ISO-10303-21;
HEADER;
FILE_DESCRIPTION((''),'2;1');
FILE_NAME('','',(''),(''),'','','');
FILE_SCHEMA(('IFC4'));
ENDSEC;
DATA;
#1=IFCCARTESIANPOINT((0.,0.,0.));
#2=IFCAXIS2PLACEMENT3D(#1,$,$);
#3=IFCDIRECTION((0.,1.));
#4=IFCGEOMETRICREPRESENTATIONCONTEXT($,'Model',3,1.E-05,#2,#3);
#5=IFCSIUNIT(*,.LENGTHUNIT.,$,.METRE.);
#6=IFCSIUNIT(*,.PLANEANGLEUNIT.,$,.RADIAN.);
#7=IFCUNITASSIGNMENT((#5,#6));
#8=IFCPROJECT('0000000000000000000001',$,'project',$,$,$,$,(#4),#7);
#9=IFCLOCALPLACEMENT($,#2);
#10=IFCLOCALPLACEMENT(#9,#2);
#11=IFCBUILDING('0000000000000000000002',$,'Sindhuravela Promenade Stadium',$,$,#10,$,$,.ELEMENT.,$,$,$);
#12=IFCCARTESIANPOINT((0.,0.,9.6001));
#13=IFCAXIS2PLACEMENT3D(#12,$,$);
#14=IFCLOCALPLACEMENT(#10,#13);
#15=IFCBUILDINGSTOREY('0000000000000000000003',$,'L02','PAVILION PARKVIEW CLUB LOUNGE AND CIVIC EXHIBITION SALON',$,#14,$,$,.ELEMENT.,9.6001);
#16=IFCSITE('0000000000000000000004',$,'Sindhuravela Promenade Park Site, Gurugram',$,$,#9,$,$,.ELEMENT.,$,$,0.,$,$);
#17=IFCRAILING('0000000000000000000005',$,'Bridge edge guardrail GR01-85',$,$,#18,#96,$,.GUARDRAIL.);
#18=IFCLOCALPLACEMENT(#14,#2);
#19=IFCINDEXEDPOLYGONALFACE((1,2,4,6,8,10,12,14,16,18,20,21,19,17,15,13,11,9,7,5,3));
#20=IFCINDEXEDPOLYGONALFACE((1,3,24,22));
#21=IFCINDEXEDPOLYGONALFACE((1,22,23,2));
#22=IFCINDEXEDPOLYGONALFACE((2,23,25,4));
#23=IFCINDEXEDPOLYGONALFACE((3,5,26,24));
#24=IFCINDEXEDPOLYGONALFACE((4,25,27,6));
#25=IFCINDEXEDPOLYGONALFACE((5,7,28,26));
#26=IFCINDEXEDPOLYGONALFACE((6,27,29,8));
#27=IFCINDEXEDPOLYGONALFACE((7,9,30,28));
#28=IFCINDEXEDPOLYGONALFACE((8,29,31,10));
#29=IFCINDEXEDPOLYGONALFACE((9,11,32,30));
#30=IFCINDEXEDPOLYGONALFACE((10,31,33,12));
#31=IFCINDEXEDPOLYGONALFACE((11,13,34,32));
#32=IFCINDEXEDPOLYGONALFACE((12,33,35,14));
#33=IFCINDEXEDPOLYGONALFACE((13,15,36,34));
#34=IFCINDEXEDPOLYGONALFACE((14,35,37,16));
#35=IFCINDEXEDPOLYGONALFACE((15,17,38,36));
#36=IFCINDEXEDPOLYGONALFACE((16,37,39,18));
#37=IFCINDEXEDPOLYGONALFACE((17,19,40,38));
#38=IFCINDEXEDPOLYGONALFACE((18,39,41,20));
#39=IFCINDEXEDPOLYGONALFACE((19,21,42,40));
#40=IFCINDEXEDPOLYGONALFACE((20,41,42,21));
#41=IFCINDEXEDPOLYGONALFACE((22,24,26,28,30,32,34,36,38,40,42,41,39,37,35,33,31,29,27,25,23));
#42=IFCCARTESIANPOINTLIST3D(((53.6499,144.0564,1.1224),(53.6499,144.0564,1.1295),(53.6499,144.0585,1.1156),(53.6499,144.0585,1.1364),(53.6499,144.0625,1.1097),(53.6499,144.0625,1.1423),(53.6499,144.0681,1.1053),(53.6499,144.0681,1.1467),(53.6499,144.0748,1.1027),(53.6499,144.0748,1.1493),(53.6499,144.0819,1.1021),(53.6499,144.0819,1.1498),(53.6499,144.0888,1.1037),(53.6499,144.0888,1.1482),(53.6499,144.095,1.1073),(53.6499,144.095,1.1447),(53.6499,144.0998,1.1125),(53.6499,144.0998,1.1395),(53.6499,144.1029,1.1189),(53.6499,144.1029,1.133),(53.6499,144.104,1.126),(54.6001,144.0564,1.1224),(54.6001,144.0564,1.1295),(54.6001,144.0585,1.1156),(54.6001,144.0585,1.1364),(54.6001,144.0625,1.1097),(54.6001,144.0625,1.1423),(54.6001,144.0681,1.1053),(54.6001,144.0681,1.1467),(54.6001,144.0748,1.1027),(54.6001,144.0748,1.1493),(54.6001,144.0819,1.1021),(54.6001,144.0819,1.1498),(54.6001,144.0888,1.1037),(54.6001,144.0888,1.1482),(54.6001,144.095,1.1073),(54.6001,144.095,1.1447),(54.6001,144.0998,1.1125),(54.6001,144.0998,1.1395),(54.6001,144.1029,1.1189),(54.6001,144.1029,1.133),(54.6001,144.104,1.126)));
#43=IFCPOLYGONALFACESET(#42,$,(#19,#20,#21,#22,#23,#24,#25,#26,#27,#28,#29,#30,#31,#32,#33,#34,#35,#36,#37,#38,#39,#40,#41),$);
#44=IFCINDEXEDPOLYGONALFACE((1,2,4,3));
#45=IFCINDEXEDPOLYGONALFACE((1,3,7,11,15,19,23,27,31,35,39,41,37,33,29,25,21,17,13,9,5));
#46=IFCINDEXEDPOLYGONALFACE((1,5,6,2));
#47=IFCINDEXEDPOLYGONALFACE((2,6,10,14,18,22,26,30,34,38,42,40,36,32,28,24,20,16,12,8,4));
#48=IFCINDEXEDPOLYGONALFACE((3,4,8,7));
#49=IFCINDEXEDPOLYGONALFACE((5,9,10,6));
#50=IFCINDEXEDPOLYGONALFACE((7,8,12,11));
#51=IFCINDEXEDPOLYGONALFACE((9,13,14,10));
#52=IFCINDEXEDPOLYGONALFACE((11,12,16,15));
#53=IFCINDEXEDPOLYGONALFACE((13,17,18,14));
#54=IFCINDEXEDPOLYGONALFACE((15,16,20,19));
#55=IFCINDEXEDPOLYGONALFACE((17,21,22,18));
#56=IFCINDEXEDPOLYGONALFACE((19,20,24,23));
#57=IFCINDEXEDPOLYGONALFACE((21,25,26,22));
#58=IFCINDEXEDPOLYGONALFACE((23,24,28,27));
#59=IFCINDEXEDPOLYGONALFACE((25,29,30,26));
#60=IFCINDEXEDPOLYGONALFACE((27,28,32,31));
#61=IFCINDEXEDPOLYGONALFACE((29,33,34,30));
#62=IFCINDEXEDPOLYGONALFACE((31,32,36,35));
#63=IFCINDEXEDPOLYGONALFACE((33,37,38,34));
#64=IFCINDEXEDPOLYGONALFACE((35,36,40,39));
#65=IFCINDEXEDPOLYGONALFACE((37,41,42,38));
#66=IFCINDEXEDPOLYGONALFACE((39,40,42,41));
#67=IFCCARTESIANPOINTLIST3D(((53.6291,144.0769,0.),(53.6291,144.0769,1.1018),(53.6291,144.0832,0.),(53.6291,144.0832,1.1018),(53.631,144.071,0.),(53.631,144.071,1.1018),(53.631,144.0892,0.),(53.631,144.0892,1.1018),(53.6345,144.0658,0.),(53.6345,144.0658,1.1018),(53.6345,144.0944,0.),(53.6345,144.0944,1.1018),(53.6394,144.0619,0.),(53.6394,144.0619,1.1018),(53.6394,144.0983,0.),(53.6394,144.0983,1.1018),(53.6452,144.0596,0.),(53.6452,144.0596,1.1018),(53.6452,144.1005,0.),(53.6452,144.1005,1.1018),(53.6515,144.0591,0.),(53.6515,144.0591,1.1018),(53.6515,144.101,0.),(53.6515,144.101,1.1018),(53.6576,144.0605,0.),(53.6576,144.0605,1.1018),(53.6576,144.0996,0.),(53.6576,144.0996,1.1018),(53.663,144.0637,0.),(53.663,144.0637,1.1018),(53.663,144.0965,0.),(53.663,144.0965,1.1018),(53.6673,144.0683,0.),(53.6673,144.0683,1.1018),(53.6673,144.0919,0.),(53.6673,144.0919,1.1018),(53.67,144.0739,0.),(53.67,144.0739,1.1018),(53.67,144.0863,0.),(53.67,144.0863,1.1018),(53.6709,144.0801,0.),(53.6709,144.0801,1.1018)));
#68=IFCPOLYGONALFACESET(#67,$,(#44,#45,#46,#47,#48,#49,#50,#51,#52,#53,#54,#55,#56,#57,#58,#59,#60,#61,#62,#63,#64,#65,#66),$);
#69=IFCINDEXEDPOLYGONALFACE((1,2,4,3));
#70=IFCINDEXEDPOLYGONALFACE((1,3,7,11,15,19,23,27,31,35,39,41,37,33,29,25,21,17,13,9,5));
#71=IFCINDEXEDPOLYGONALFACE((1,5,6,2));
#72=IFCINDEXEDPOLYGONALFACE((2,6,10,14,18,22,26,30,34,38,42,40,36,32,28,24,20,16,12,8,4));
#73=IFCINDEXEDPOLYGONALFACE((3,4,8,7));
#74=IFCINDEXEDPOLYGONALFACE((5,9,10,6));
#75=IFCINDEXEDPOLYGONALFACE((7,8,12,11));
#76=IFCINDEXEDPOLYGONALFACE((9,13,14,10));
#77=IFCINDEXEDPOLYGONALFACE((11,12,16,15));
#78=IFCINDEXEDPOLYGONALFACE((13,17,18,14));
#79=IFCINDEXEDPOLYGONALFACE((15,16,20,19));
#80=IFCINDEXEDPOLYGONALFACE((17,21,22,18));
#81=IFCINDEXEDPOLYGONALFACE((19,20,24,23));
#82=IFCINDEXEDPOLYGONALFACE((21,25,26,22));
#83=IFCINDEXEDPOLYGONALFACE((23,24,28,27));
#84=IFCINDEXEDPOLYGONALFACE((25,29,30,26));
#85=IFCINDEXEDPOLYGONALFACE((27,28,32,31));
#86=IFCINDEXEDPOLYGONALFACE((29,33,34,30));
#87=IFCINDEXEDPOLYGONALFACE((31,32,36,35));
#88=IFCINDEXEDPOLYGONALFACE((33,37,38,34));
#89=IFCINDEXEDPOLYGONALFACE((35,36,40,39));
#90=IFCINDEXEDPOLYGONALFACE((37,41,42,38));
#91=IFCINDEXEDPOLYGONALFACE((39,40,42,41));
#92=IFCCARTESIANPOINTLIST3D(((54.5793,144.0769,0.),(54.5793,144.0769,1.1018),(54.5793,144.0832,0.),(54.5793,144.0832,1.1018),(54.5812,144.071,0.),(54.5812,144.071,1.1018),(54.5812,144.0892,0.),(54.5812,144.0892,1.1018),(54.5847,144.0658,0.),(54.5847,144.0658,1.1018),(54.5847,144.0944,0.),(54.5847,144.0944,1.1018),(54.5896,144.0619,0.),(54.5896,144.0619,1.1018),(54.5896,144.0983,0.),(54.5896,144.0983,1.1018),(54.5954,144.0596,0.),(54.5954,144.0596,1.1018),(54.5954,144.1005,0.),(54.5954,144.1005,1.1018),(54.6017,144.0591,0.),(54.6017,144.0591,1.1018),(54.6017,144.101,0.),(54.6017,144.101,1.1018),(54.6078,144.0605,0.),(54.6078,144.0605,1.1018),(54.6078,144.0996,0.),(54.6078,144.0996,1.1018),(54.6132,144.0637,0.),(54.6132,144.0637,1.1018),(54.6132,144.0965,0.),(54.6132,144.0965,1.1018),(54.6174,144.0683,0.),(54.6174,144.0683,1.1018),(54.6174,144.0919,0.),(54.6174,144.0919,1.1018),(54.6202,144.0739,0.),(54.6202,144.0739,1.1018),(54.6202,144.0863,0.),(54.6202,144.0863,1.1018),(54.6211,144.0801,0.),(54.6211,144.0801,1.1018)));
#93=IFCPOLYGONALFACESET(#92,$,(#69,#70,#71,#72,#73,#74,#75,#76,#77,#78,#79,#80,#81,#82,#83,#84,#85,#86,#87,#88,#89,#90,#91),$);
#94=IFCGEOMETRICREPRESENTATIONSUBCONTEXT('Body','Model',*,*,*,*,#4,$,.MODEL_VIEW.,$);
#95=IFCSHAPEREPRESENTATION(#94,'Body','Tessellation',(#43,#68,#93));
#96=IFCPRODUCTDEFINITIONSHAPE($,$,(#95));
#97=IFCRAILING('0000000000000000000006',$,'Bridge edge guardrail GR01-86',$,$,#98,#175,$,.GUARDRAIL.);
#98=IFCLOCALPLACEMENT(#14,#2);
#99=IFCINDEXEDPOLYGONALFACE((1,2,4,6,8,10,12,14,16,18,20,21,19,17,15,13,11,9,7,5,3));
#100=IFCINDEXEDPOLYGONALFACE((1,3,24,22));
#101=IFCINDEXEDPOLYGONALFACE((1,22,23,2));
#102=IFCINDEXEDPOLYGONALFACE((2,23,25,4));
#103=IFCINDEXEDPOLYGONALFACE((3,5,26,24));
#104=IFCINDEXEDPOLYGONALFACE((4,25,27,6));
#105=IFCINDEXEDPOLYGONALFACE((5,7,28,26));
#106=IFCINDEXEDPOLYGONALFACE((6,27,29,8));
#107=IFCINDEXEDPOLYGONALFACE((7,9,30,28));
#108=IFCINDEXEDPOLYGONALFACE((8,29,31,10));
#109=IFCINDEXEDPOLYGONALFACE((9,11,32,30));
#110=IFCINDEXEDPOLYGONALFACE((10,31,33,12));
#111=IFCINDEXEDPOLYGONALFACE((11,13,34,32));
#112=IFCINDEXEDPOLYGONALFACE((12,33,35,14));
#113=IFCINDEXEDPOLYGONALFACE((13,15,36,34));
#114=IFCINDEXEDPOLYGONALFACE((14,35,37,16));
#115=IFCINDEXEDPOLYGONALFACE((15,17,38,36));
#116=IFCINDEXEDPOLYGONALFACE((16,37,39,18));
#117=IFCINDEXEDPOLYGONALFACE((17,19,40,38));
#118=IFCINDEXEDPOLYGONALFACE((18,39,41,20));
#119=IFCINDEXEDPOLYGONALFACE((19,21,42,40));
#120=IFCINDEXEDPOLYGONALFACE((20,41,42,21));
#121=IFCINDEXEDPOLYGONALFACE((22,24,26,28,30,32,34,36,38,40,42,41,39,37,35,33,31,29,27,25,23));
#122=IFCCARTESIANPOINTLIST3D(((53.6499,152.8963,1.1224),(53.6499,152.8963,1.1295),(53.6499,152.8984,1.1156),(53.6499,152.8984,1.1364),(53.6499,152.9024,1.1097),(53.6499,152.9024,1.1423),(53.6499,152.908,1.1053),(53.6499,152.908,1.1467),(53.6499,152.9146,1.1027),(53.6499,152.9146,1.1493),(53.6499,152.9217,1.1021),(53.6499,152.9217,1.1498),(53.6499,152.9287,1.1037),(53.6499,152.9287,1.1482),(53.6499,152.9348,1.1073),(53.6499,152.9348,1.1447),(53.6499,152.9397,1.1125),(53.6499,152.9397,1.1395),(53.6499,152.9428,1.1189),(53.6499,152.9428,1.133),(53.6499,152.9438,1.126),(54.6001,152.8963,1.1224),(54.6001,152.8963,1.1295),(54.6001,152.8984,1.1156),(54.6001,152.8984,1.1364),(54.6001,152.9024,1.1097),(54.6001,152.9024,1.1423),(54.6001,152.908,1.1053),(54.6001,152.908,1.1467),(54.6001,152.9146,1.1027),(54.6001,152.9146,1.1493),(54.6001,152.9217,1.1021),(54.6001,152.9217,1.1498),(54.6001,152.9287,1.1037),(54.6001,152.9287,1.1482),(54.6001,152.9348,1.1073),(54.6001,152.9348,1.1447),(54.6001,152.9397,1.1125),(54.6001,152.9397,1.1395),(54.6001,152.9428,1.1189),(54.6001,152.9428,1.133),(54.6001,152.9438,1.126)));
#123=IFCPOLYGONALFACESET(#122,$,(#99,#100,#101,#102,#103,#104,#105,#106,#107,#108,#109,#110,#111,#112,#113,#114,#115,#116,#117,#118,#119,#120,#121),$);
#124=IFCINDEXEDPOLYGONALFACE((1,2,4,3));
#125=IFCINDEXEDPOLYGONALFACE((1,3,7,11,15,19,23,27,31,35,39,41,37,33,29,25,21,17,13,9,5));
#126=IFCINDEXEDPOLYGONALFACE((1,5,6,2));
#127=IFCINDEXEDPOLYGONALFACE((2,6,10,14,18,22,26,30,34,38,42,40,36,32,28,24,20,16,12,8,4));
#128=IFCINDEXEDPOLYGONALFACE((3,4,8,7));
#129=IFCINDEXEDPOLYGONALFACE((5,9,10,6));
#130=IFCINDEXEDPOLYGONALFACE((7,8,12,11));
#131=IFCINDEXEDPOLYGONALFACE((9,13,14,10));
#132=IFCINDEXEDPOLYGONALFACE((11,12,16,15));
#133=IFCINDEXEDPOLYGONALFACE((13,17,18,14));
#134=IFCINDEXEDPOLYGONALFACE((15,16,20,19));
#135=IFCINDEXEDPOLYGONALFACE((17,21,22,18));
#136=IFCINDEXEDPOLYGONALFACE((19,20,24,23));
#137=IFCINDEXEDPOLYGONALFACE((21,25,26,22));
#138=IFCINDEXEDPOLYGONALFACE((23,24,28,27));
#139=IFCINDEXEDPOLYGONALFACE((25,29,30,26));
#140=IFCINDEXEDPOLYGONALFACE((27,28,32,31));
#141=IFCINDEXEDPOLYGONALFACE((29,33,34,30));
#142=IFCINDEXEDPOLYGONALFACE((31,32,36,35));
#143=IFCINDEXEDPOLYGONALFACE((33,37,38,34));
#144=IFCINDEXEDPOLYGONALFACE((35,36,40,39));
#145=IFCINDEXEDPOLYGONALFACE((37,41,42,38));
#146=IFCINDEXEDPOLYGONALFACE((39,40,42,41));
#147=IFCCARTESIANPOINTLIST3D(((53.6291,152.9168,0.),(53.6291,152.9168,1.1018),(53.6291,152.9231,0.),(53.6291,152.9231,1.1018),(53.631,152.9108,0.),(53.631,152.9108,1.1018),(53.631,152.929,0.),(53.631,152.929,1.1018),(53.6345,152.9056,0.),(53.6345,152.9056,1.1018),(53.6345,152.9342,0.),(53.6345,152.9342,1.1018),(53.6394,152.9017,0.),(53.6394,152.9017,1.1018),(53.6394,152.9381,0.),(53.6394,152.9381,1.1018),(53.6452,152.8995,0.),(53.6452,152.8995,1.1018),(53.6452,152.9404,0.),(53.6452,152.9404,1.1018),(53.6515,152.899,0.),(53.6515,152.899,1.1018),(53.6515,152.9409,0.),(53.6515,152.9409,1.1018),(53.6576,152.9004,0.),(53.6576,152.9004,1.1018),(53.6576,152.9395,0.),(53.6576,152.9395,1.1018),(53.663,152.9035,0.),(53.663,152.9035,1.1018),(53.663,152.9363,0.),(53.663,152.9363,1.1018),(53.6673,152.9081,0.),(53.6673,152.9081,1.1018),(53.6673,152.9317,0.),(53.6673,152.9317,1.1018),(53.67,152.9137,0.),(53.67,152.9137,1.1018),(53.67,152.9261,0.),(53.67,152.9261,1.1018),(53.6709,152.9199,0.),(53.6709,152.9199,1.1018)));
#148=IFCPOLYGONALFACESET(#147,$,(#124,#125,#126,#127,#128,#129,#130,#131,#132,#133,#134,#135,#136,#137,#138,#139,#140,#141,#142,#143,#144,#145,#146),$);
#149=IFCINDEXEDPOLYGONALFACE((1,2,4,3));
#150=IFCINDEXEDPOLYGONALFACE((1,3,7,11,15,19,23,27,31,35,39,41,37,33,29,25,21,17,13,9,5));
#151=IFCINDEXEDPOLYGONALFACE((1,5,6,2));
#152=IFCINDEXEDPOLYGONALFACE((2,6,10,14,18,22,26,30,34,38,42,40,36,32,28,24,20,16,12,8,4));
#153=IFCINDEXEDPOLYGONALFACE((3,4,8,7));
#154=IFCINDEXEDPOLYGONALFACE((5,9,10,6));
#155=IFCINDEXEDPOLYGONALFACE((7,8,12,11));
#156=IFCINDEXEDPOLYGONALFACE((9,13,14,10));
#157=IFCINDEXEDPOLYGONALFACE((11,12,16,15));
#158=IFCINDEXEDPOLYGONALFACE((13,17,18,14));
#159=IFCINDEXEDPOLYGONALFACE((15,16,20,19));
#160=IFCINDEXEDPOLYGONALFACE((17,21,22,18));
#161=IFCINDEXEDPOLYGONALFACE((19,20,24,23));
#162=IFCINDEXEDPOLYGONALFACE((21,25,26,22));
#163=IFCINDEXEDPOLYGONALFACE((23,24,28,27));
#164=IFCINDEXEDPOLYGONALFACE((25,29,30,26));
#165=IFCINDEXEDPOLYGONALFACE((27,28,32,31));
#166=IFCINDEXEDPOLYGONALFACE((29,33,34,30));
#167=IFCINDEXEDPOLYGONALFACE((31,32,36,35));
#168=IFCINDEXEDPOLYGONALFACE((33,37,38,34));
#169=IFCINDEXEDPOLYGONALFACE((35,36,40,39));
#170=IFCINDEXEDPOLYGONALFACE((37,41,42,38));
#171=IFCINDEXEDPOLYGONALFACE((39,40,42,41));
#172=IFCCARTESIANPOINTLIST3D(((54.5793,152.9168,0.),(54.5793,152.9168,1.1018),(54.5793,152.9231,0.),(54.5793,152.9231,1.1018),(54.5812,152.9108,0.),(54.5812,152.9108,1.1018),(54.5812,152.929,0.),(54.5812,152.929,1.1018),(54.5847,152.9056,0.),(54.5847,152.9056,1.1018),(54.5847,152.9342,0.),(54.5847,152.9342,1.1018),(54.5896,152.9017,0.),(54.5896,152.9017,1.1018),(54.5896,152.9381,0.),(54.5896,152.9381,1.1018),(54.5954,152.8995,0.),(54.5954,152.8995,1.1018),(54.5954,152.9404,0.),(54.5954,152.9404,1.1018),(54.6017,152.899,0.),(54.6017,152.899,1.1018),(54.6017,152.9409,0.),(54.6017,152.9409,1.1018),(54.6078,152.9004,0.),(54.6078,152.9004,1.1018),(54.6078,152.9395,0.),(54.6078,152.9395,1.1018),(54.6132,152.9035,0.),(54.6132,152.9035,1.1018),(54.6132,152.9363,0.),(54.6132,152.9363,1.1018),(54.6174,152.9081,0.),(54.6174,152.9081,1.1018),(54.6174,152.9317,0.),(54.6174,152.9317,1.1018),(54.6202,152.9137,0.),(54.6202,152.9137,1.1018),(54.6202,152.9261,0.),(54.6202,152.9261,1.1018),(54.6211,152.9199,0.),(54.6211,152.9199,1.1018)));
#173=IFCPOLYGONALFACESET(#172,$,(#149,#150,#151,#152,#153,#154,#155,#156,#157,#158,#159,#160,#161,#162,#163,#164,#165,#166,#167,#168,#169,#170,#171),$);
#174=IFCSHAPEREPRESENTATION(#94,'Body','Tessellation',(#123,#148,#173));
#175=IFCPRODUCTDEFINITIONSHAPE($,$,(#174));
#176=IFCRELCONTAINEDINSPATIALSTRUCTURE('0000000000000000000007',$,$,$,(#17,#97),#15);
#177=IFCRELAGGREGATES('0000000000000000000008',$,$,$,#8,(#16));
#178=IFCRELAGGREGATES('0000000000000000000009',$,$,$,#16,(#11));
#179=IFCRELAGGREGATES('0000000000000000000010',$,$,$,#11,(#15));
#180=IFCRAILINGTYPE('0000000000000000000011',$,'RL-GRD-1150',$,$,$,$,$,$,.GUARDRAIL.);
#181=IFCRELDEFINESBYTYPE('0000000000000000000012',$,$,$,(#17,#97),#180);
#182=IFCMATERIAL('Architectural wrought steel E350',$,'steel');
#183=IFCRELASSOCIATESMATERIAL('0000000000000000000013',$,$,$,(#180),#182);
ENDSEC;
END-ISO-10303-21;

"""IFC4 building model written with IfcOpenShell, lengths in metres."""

from ifc_helpers import new_model, si_unit, direction, frame, origin, origin_2d, place, context, subcontext, project, spatial, circle, extrude, material, type_object, element, save


model = new_model("IFC4")

# Units and contexts
model_context = context("Model", 3, precision=1e-05, world=origin(), true_north=direction((0.0, 1.0)))
body_context = subcontext(model_context, "Body", "Model", "MODEL_VIEW")
ifc_project = project(units=[si_unit("LENGTHUNIT", "METRE"), si_unit("PLANEANGLEUNIT", "RADIAN")], contexts=[model_context])

# Site, building, storey
site_placement = place(None, origin())
site = spatial("IfcSite", under=ifc_project, at=site_placement, Name="Sindhuravela Promenade Park Site, Gurugram", CompositionType="ELEMENT", RefElevation=0.0)
building_placement = place(site_placement, origin())
building = spatial("IfcBuilding", under=site, at=building_placement, Name="Sindhuravela Promenade Stadium", CompositionType="ELEMENT")
storey_placement = place(building_placement, frame((0.0, 0.0, 9.6001)))
storey = spatial("IfcBuildingStorey", under=building, at=storey_placement, Name="L02", Description="PAVILION PARKVIEW CLUB LOUNGE AND CIVIC EXHIBITION SALON", CompositionType="ELEMENT", Elevation=9.6001)

# Railings
ifc_material_1 = material(Name="Architectural wrought steel E350", Category="steel")
railing_type = type_object("IfcRailingType", Name="RL-GRD-1150", PredefinedType="GUARDRAIL", material=ifc_material_1)
for number, where, name in (
    (1, (53.6499, 144.0801, 0.0), "Bridge edge guardrail GR01-85"),
    (2, (53.6499, 152.9199, 0.0), "Bridge edge guardrail GR01-86"),
):
    element("IfcRailing", number, at=place(storey_placement, frame(where)), inside=storey, type_object=railing_type, Name=name, PredefinedType="GUARDRAIL", context=body_context, shape_type="SweptSolid", body=[
        extrude(circle(Radius=0.0239, at=origin_2d()), frame((0.0, 0.0, 1.126), z_axis=(1.0, 0.0, 0.0), x_axis=(0.0, 1.0, 0.0)), (0.0, 0.0, 1.0), 0.9502),
        extrude(circle(Radius=0.021, at=origin_2d()), origin(), (0.0, 0.0, 1.0), 1.1018),
        extrude(circle(Radius=0.021, at=origin_2d()), frame((0.9502, 0.0, 0.0)), (0.0, 0.0, 1.0), 1.1018),
    ])

save(model, "model.ifc")
